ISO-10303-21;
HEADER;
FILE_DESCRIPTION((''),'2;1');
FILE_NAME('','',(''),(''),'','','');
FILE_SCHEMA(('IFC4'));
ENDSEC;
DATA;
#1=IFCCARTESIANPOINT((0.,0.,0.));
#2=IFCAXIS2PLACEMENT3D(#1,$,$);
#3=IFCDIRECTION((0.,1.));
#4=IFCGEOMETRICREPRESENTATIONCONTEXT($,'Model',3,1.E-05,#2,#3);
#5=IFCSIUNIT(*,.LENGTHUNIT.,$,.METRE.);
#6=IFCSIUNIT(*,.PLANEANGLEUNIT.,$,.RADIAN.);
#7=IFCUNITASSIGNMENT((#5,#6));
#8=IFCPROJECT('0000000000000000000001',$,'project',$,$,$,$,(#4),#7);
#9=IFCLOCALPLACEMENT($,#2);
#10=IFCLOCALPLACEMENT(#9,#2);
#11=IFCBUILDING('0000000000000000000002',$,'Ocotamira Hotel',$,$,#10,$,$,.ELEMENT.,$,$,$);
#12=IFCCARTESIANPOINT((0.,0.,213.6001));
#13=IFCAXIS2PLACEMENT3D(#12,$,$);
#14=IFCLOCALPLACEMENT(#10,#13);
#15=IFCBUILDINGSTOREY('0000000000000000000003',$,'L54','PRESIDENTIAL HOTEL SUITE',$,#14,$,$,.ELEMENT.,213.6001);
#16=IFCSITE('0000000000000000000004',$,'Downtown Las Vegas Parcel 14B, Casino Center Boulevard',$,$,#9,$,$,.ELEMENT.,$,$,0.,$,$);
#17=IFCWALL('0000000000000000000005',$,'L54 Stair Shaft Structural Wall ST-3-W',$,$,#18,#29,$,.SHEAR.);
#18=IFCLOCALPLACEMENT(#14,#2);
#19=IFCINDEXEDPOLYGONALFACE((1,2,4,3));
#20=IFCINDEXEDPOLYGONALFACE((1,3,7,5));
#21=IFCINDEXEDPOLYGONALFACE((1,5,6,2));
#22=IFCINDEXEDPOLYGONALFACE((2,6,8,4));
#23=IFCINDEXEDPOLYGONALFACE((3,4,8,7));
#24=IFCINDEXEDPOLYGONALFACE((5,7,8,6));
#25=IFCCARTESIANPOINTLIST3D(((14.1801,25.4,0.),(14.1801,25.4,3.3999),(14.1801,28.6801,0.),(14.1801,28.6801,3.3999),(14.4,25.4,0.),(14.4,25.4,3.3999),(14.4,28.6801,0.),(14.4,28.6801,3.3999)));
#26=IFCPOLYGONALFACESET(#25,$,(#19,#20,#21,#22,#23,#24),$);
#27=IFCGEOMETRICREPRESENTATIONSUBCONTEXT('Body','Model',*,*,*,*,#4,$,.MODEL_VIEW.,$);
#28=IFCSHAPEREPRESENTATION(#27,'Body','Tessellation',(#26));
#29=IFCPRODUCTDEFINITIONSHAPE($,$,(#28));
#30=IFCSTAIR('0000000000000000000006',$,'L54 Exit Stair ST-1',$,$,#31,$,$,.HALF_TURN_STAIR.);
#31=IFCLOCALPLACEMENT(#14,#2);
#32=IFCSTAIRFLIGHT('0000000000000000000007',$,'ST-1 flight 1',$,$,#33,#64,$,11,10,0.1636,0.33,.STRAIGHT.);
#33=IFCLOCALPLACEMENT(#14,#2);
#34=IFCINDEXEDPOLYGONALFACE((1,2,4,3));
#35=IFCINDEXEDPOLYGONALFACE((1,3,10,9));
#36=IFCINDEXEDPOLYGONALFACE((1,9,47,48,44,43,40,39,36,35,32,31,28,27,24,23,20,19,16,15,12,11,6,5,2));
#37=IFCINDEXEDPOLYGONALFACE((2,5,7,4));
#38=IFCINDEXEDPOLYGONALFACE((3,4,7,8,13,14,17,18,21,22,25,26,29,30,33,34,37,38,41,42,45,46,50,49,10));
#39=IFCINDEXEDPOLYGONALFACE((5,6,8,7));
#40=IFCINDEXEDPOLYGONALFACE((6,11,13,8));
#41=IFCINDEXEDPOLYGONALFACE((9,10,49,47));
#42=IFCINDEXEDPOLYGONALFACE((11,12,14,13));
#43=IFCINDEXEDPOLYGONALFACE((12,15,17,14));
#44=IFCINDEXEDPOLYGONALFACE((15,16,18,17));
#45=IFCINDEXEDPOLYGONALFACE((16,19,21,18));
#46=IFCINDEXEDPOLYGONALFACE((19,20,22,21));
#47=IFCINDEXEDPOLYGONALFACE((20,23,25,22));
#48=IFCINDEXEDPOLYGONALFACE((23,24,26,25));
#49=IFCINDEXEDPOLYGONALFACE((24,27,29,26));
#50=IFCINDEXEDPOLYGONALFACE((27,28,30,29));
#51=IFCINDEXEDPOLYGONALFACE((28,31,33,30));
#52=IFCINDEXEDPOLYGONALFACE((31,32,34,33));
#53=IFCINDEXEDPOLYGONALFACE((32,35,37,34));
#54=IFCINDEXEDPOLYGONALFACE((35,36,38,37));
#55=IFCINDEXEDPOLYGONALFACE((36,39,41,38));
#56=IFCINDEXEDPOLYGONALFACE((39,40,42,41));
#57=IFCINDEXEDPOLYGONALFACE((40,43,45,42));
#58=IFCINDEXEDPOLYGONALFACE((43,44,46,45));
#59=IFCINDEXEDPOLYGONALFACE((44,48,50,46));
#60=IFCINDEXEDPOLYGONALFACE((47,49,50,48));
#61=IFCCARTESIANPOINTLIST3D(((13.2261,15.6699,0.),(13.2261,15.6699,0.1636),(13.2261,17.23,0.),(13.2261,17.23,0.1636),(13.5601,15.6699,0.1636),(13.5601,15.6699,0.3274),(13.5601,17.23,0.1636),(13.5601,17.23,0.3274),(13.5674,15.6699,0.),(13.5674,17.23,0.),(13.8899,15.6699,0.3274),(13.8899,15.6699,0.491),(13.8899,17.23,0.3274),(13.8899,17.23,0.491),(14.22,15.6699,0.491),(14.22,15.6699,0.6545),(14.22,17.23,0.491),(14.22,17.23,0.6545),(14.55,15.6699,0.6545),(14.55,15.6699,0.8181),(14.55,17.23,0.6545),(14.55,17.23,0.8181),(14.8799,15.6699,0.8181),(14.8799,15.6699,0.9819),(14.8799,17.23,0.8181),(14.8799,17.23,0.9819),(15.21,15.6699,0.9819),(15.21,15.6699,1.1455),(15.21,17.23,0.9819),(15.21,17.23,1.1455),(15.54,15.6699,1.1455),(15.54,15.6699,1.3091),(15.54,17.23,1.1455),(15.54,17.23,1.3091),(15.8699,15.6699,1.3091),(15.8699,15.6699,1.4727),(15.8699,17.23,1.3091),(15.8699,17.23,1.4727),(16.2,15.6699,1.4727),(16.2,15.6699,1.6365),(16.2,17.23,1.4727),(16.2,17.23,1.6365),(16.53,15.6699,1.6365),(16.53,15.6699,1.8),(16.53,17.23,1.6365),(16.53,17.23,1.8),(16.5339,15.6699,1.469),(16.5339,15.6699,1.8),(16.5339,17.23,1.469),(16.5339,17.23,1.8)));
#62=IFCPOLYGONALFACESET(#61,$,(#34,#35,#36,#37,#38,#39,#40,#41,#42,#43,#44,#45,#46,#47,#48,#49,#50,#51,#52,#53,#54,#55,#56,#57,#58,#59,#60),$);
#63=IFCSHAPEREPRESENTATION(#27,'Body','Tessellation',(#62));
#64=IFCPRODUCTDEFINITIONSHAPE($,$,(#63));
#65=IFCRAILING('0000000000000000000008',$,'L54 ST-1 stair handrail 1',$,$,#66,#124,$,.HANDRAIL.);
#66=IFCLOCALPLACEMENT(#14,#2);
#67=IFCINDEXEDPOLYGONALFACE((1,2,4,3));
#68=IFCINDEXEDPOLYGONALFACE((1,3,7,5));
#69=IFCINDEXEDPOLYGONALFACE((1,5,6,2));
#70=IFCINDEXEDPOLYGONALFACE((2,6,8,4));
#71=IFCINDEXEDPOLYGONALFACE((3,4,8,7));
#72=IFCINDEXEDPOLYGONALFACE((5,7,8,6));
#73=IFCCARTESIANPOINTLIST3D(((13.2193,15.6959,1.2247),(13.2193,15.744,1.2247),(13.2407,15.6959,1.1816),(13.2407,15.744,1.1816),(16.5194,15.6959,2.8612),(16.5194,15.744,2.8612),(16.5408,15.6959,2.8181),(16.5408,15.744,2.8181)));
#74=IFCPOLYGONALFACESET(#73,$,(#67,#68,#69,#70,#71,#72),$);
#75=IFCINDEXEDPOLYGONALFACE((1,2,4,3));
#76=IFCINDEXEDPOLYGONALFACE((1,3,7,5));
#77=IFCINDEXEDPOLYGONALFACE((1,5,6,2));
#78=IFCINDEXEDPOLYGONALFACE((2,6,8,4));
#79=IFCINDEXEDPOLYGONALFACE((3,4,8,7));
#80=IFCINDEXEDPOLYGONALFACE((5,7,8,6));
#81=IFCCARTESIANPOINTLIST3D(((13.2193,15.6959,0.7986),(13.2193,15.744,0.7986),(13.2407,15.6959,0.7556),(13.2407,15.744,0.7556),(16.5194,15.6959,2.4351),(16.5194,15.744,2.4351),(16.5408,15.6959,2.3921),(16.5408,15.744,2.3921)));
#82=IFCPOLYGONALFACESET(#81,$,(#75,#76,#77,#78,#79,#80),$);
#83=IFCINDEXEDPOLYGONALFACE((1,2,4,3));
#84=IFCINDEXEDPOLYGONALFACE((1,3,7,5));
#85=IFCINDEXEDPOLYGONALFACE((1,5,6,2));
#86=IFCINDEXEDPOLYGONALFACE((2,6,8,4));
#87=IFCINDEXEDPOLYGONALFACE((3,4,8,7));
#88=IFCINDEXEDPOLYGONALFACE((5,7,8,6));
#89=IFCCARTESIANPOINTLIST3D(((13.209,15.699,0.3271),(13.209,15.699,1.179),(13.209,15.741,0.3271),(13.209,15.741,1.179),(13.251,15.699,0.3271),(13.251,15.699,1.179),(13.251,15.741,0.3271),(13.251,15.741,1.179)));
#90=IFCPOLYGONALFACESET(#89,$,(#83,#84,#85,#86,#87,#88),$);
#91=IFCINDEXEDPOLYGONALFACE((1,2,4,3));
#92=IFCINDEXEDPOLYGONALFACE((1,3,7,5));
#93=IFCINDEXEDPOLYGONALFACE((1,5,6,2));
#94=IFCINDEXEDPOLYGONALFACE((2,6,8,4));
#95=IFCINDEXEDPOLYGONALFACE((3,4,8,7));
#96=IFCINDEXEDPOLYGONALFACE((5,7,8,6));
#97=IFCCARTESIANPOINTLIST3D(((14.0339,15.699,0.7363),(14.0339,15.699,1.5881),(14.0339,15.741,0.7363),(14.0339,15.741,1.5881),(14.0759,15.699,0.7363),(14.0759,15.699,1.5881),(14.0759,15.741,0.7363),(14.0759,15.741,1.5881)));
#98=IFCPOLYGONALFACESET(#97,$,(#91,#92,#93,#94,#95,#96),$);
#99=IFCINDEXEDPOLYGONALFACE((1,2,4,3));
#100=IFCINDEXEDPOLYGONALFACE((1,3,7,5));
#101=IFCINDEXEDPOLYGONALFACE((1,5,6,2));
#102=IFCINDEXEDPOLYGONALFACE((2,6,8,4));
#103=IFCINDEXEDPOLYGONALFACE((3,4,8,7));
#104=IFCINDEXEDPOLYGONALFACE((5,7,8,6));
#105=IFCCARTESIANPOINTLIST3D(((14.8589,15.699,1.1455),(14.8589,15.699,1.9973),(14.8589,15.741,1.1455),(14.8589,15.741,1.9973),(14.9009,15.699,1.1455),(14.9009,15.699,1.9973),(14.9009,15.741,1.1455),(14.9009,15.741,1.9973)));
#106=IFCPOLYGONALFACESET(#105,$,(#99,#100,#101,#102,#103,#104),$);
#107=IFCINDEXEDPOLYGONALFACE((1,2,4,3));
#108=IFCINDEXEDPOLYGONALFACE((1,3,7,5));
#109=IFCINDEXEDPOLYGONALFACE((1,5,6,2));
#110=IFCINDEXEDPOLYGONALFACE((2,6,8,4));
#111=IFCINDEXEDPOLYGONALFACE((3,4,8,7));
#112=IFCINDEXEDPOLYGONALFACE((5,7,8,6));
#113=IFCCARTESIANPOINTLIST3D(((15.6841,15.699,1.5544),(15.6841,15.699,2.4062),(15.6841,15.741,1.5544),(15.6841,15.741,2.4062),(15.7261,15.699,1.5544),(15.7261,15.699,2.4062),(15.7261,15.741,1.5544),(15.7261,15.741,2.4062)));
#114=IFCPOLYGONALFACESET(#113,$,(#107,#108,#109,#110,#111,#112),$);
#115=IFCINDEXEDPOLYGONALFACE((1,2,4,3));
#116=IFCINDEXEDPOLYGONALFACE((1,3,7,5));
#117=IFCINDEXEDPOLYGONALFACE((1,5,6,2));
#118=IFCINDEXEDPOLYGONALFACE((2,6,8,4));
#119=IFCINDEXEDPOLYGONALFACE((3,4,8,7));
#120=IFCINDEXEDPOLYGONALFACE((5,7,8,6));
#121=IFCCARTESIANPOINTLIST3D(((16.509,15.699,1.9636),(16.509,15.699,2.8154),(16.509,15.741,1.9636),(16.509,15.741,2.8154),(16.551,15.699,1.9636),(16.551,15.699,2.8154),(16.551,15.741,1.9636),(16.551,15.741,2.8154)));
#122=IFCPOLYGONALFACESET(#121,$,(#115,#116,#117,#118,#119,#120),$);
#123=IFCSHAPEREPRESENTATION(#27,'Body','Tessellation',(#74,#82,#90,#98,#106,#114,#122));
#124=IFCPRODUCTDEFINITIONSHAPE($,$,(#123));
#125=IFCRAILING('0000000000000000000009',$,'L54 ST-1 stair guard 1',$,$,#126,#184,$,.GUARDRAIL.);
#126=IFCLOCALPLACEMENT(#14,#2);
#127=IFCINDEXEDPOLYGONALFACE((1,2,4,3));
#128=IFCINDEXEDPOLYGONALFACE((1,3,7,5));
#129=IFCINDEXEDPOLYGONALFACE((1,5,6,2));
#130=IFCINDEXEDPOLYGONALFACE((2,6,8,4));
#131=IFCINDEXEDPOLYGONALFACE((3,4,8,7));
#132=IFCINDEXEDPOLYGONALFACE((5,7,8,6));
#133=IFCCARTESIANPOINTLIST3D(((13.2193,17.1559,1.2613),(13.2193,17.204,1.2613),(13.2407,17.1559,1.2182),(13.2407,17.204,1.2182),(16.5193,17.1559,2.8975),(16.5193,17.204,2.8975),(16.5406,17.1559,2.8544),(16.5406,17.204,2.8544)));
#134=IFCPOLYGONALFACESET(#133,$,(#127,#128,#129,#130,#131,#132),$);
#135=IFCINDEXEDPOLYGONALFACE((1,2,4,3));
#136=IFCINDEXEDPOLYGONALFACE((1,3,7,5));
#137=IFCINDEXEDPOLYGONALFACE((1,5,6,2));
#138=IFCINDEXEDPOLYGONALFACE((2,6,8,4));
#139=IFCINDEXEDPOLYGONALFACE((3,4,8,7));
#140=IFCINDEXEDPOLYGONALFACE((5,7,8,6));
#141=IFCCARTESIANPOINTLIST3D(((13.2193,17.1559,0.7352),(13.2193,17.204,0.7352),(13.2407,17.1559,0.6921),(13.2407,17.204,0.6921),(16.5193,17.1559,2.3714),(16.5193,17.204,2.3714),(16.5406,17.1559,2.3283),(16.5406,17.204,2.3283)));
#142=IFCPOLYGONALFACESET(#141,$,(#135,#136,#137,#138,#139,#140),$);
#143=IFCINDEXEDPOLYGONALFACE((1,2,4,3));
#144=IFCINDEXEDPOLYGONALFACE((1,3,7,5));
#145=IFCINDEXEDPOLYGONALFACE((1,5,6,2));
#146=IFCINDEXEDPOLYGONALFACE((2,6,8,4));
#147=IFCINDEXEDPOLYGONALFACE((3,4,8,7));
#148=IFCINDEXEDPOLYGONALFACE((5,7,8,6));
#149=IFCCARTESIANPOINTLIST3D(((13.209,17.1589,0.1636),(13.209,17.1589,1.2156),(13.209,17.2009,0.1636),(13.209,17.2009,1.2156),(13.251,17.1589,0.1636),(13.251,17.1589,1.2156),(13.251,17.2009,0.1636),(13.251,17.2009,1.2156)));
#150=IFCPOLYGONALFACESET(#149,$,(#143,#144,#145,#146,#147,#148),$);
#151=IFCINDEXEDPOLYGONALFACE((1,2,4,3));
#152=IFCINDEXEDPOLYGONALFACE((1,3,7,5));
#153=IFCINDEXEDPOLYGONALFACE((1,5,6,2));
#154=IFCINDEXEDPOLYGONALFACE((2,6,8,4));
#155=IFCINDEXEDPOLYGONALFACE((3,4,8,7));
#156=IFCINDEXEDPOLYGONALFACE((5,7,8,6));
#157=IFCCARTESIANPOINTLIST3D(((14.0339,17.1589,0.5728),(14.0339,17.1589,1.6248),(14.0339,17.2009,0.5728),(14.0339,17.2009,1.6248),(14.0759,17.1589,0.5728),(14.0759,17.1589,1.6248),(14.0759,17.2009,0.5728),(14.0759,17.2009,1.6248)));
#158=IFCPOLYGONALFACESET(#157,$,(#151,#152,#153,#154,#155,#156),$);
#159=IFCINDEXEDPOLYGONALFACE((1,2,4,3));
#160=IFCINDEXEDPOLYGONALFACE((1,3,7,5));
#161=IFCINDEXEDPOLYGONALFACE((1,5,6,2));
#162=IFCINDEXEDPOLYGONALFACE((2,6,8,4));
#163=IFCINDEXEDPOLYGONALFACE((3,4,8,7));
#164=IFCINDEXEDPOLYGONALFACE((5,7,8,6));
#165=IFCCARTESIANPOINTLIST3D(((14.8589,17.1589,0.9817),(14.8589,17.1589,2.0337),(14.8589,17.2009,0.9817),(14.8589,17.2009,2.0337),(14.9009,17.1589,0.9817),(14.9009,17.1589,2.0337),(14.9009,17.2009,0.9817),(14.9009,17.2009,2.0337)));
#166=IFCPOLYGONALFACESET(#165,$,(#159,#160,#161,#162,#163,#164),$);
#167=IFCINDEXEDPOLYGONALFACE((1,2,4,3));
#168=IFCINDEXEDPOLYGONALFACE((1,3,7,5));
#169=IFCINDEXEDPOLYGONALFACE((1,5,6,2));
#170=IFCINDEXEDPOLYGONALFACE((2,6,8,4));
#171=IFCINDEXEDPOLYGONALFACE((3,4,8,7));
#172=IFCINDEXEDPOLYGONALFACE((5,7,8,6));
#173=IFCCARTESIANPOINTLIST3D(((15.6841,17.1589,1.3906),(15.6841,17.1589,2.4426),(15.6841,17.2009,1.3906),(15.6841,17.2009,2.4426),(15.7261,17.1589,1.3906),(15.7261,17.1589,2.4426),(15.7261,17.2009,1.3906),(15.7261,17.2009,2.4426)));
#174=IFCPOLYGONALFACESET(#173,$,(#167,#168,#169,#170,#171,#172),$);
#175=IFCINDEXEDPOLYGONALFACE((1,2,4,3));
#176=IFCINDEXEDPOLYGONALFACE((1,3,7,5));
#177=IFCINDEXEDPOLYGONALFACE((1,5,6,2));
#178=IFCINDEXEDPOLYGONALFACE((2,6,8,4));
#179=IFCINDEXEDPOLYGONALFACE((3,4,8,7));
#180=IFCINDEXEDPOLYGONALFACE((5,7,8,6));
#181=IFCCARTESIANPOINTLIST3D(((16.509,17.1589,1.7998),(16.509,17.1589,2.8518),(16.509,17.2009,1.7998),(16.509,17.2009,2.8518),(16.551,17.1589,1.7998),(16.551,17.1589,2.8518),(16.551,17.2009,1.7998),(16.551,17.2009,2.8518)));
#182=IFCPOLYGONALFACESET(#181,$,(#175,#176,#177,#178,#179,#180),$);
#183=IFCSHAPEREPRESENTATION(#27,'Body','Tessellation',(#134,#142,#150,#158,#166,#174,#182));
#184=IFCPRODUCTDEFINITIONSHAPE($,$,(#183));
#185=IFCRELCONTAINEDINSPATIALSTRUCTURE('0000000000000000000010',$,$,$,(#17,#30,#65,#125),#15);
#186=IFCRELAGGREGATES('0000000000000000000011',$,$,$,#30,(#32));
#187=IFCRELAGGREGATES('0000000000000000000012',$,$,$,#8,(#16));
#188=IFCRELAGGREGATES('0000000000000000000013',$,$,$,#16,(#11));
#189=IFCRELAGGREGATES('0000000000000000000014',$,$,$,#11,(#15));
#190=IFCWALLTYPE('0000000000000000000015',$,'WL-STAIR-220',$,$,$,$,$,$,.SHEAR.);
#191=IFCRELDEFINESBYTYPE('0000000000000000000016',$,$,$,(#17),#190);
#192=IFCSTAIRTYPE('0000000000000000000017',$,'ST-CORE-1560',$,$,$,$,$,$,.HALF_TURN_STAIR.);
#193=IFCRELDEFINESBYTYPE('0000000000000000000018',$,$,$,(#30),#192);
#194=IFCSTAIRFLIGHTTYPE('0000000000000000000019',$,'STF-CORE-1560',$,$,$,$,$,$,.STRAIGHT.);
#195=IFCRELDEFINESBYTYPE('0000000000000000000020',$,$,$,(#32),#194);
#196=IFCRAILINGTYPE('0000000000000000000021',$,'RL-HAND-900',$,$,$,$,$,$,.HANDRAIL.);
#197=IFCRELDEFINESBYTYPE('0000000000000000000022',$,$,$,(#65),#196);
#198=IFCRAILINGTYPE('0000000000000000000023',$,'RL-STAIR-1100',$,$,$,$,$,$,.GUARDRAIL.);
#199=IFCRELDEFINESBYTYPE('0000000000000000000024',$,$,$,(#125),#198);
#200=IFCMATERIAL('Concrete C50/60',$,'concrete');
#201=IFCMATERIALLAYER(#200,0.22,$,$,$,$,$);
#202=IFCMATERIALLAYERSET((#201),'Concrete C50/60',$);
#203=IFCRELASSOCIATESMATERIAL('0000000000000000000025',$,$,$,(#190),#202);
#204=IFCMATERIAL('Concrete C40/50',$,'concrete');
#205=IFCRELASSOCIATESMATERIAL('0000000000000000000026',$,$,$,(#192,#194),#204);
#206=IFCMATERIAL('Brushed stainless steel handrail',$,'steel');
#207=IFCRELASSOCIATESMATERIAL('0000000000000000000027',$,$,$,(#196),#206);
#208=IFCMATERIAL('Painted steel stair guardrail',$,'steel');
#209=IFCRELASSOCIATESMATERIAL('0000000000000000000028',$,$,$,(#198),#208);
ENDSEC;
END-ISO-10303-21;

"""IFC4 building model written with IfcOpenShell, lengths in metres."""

from ifc_helpers import new_model, si_unit, direction, frame, frame_2d, origin, origin_2d, place, context, subcontext, project, spatial, polyline, rectangle, outline, extrude, source, transform, mapped, material, layer, layer_set, type_object, element, aggregate, save


model = new_model("IFC4")

# Units and contexts
model_context = context("Model", 3, precision=1e-05, world=origin(), true_north=direction((0.0, 1.0)))
body_context = subcontext(model_context, "Body", "Model", "MODEL_VIEW")
ifc_project = project(units=[si_unit("LENGTHUNIT", "METRE"), si_unit("PLANEANGLEUNIT", "RADIAN")], contexts=[model_context])

# Site, building, storey
site_placement = place(None, origin())
site = spatial("IfcSite", under=ifc_project, at=site_placement, Name="Downtown Las Vegas Parcel 14B, Casino Center Boulevard", CompositionType="ELEMENT", RefElevation=0.0)
building_placement = place(site_placement, origin())
building = spatial("IfcBuilding", under=site, at=building_placement, Name="Ocotamira Hotel", CompositionType="ELEMENT")
storey_placement = place(building_placement, frame((0.0, 0.0, 213.6001)))
storey = spatial("IfcBuildingStorey", under=building, at=storey_placement, Name="L54", Description="PRESIDENTIAL HOTEL SUITE", CompositionType="ELEMENT", Elevation=213.6001)

# Shared definitions
ifc_material_1 = material(Name="Concrete C50/60", Category="concrete")

# Shared definitions
ifc_layer_1 = layer(ifc_material_1, 0.22)
ifc_layer_set_1 = layer_set([ifc_layer_1], Name="Concrete C50/60")
wall_type_1 = type_object("IfcWallType", Name="WL-STAIR-220", PredefinedType="SHEAR", material=ifc_layer_set_1)

# Wall
wall_1_placement = place(storey_placement, frame((14.29, 25.3999, 0.0), z_axis=(0.0, 0.0, 1.0), x_axis=(0.0, 1.0, 0.0)))
element("IfcWall", 1, at=wall_1_placement, inside=storey, type_object=wall_type_1, Name="L54 Stair Shaft Structural Wall ST-3-W", PredefinedType="SHEAR", context=body_context, shape_type="SweptSolid", body=[
    extrude(rectangle(XDim=3.28, YDim=0.22, at=frame_2d((1.6401, 0.0))), origin(), (0.0, 0.0, 1.0), 3.3999),
])

# Stair, stair flight
ifc_material_2 = material(Name="Concrete C40/50", Category="concrete")
stair_type = type_object("IfcStairType", Name="ST-CORE-1560", PredefinedType="HALF_TURN_STAIR", material=ifc_material_2)
stair_placement = place(storey_placement, origin())
stair = element("IfcStair", 2, at=stair_placement, inside=storey, type_object=stair_type, Name="L54 Exit Stair ST-1", PredefinedType="HALF_TURN_STAIR")
stair_flight_type = type_object("IfcStairFlightType", Name="STF-CORE-1560", PredefinedType="STRAIGHT", material=ifc_material_2)
shared_shape_1 = source(origin(), body_context, "Body", "SweptSolid", [
    extrude(outline(polyline([(-0.0039, 0.0), (-0.0039, 0.1636), (0.3301, 0.1636), (0.3301, 0.3274), (0.6599, 0.3274), (0.6599, 0.491), (0.99, 0.491), (0.99, 0.6545), (1.3201, 0.6545), (1.3201, 0.8181), (1.6499, 0.8181), (1.6499, 0.9819), (1.98, 0.9819), (1.98, 1.1455), (2.3101, 1.1455), (2.3101, 1.3091), (2.6399, 1.3091), (2.6399, 1.4727), (2.97, 1.4727), (2.97, 1.6365), (3.3, 1.6365), (3.3, 1.8), (3.304, 1.8), (3.304, 1.469), (0.3374, 0.0), (-0.0039, 0.0)])), frame((0.0, 0.78, 0.0), z_axis=(0.0, -1.0, 0.0), x_axis=(1.0, 0.0, 0.0)), (0.0, 0.0, 1.0), 1.5601),
])
stair_flight_placement = place(storey_placement, frame((13.23, 16.45, 0.0), z_axis=(0.0, 0.0, 1.0), x_axis=(1.0, 0.0, 0.0)))
stair_flight = element("IfcStairFlight", 3, at=stair_flight_placement, type_object=stair_flight_type, Name="ST-1 flight 1", NumberOfRisers=11, NumberOfTreads=10, PredefinedType="STRAIGHT", RiserHeight=0.1636, TreadLength=0.33, context=body_context, shape_type="MappedRepresentation", body=[
    mapped(shared_shape_1, transform((0.0, 0.0, 0.0), scale=1.0)),
])
aggregate(stair, [stair_flight])

# Railings
ifc_material_3 = material(Name="Brushed stainless steel handrail", Category="steel")
railing_type_1 = type_object("IfcRailingType", Name="RL-HAND-900", PredefinedType="HANDRAIL", material=ifc_material_3)
railing_1_placement = place(storey_placement, frame((13.23, 15.72, 0.3271)))
element("IfcRailing", 4, at=railing_1_placement, inside=storey, type_object=railing_type_1, Name="L54 ST-1 stair handrail 1", PredefinedType="HANDRAIL", context=body_context, shape_type="SweptSolid", body=[
    extrude(rectangle(XDim=0.0481, YDim=0.0481, at=origin_2d()), frame((0.0, 0.0, 0.876), z_axis=(0.895894, 0.0, 0.444268), x_axis=(0.0, 1.0, 0.0)), (0.0, 0.0, 1.0), 3.6836),
    extrude(rectangle(XDim=0.0481, YDim=0.0481, at=origin_2d()), frame((0.0, 0.0, 0.45), z_axis=(0.895894, 0.0, 0.444268), x_axis=(0.0, 1.0, 0.0)), (0.0, 0.0, 1.0), 3.6836),
    extrude(rectangle(XDim=0.042, YDim=0.042, at=origin_2d()), origin(), (0.0, 0.0, 1.0), 0.8518),
    extrude(rectangle(XDim=0.042, YDim=0.042, at=origin_2d()), frame((0.825, 0.0, 0.4092)), (0.0, 0.0, 1.0), 0.8518),
    extrude(rectangle(XDim=0.042, YDim=0.042, at=origin_2d()), frame((1.6499, 0.0, 0.8184)), (0.0, 0.0, 1.0), 0.8518),
    extrude(rectangle(XDim=0.042, YDim=0.042, at=origin_2d()), frame((2.4751, 0.0, 1.2273)), (0.0, 0.0, 1.0), 0.8518),
    extrude(rectangle(XDim=0.042, YDim=0.042, at=origin_2d()), frame((3.3, 0.0, 1.6365)), (0.0, 0.0, 1.0), 0.8518),
])
ifc_material_4 = material(Name="Painted steel stair guardrail", Category="steel")
railing_type_2 = type_object("IfcRailingType", Name="RL-STAIR-1100", PredefinedType="GUARDRAIL", material=ifc_material_4)
railing_2_placement = place(storey_placement, frame((13.23, 17.1799, 0.1636)))
element("IfcRailing", 5, at=railing_2_placement, inside=storey, type_object=railing_type_2, Name="L54 ST-1 stair guard 1", PredefinedType="GUARDRAIL", context=body_context, shape_type="SweptSolid", body=[
    extrude(rectangle(XDim=0.0481, YDim=0.0481, at=origin_2d()), frame((0.0, 0.0, 1.0762), z_axis=(0.89592, 0.0, 0.444215), x_axis=(0.0, 1.0, 0.0)), (0.0, 0.0, 1.0), 3.6833),
    extrude(rectangle(XDim=0.0481, YDim=0.0481, at=origin_2d()), frame((0.0, 0.0, 0.55), z_axis=(0.89592, 0.0, 0.444215), x_axis=(0.0, 1.0, 0.0)), (0.0, 0.0, 1.0), 3.6833),
    extrude(rectangle(XDim=0.042, YDim=0.042, at=origin_2d()), origin(), (0.0, 0.0, 1.0), 1.052),
    extrude(rectangle(XDim=0.042, YDim=0.042, at=origin_2d()), frame((0.825, 0.0, 0.4092)), (0.0, 0.0, 1.0), 1.052),
    extrude(rectangle(XDim=0.042, YDim=0.042, at=origin_2d()), frame((1.6499, 0.0, 0.8181)), (0.0, 0.0, 1.0), 1.052),
    extrude(rectangle(XDim=0.042, YDim=0.042, at=origin_2d()), frame((2.4751, 0.0, 1.2271)), (0.0, 0.0, 1.0), 1.052),
    extrude(rectangle(XDim=0.042, YDim=0.042, at=origin_2d()), frame((3.3, 0.0, 1.6362)), (0.0, 0.0, 1.0), 1.052),
])

save(model, "model.ifc")
